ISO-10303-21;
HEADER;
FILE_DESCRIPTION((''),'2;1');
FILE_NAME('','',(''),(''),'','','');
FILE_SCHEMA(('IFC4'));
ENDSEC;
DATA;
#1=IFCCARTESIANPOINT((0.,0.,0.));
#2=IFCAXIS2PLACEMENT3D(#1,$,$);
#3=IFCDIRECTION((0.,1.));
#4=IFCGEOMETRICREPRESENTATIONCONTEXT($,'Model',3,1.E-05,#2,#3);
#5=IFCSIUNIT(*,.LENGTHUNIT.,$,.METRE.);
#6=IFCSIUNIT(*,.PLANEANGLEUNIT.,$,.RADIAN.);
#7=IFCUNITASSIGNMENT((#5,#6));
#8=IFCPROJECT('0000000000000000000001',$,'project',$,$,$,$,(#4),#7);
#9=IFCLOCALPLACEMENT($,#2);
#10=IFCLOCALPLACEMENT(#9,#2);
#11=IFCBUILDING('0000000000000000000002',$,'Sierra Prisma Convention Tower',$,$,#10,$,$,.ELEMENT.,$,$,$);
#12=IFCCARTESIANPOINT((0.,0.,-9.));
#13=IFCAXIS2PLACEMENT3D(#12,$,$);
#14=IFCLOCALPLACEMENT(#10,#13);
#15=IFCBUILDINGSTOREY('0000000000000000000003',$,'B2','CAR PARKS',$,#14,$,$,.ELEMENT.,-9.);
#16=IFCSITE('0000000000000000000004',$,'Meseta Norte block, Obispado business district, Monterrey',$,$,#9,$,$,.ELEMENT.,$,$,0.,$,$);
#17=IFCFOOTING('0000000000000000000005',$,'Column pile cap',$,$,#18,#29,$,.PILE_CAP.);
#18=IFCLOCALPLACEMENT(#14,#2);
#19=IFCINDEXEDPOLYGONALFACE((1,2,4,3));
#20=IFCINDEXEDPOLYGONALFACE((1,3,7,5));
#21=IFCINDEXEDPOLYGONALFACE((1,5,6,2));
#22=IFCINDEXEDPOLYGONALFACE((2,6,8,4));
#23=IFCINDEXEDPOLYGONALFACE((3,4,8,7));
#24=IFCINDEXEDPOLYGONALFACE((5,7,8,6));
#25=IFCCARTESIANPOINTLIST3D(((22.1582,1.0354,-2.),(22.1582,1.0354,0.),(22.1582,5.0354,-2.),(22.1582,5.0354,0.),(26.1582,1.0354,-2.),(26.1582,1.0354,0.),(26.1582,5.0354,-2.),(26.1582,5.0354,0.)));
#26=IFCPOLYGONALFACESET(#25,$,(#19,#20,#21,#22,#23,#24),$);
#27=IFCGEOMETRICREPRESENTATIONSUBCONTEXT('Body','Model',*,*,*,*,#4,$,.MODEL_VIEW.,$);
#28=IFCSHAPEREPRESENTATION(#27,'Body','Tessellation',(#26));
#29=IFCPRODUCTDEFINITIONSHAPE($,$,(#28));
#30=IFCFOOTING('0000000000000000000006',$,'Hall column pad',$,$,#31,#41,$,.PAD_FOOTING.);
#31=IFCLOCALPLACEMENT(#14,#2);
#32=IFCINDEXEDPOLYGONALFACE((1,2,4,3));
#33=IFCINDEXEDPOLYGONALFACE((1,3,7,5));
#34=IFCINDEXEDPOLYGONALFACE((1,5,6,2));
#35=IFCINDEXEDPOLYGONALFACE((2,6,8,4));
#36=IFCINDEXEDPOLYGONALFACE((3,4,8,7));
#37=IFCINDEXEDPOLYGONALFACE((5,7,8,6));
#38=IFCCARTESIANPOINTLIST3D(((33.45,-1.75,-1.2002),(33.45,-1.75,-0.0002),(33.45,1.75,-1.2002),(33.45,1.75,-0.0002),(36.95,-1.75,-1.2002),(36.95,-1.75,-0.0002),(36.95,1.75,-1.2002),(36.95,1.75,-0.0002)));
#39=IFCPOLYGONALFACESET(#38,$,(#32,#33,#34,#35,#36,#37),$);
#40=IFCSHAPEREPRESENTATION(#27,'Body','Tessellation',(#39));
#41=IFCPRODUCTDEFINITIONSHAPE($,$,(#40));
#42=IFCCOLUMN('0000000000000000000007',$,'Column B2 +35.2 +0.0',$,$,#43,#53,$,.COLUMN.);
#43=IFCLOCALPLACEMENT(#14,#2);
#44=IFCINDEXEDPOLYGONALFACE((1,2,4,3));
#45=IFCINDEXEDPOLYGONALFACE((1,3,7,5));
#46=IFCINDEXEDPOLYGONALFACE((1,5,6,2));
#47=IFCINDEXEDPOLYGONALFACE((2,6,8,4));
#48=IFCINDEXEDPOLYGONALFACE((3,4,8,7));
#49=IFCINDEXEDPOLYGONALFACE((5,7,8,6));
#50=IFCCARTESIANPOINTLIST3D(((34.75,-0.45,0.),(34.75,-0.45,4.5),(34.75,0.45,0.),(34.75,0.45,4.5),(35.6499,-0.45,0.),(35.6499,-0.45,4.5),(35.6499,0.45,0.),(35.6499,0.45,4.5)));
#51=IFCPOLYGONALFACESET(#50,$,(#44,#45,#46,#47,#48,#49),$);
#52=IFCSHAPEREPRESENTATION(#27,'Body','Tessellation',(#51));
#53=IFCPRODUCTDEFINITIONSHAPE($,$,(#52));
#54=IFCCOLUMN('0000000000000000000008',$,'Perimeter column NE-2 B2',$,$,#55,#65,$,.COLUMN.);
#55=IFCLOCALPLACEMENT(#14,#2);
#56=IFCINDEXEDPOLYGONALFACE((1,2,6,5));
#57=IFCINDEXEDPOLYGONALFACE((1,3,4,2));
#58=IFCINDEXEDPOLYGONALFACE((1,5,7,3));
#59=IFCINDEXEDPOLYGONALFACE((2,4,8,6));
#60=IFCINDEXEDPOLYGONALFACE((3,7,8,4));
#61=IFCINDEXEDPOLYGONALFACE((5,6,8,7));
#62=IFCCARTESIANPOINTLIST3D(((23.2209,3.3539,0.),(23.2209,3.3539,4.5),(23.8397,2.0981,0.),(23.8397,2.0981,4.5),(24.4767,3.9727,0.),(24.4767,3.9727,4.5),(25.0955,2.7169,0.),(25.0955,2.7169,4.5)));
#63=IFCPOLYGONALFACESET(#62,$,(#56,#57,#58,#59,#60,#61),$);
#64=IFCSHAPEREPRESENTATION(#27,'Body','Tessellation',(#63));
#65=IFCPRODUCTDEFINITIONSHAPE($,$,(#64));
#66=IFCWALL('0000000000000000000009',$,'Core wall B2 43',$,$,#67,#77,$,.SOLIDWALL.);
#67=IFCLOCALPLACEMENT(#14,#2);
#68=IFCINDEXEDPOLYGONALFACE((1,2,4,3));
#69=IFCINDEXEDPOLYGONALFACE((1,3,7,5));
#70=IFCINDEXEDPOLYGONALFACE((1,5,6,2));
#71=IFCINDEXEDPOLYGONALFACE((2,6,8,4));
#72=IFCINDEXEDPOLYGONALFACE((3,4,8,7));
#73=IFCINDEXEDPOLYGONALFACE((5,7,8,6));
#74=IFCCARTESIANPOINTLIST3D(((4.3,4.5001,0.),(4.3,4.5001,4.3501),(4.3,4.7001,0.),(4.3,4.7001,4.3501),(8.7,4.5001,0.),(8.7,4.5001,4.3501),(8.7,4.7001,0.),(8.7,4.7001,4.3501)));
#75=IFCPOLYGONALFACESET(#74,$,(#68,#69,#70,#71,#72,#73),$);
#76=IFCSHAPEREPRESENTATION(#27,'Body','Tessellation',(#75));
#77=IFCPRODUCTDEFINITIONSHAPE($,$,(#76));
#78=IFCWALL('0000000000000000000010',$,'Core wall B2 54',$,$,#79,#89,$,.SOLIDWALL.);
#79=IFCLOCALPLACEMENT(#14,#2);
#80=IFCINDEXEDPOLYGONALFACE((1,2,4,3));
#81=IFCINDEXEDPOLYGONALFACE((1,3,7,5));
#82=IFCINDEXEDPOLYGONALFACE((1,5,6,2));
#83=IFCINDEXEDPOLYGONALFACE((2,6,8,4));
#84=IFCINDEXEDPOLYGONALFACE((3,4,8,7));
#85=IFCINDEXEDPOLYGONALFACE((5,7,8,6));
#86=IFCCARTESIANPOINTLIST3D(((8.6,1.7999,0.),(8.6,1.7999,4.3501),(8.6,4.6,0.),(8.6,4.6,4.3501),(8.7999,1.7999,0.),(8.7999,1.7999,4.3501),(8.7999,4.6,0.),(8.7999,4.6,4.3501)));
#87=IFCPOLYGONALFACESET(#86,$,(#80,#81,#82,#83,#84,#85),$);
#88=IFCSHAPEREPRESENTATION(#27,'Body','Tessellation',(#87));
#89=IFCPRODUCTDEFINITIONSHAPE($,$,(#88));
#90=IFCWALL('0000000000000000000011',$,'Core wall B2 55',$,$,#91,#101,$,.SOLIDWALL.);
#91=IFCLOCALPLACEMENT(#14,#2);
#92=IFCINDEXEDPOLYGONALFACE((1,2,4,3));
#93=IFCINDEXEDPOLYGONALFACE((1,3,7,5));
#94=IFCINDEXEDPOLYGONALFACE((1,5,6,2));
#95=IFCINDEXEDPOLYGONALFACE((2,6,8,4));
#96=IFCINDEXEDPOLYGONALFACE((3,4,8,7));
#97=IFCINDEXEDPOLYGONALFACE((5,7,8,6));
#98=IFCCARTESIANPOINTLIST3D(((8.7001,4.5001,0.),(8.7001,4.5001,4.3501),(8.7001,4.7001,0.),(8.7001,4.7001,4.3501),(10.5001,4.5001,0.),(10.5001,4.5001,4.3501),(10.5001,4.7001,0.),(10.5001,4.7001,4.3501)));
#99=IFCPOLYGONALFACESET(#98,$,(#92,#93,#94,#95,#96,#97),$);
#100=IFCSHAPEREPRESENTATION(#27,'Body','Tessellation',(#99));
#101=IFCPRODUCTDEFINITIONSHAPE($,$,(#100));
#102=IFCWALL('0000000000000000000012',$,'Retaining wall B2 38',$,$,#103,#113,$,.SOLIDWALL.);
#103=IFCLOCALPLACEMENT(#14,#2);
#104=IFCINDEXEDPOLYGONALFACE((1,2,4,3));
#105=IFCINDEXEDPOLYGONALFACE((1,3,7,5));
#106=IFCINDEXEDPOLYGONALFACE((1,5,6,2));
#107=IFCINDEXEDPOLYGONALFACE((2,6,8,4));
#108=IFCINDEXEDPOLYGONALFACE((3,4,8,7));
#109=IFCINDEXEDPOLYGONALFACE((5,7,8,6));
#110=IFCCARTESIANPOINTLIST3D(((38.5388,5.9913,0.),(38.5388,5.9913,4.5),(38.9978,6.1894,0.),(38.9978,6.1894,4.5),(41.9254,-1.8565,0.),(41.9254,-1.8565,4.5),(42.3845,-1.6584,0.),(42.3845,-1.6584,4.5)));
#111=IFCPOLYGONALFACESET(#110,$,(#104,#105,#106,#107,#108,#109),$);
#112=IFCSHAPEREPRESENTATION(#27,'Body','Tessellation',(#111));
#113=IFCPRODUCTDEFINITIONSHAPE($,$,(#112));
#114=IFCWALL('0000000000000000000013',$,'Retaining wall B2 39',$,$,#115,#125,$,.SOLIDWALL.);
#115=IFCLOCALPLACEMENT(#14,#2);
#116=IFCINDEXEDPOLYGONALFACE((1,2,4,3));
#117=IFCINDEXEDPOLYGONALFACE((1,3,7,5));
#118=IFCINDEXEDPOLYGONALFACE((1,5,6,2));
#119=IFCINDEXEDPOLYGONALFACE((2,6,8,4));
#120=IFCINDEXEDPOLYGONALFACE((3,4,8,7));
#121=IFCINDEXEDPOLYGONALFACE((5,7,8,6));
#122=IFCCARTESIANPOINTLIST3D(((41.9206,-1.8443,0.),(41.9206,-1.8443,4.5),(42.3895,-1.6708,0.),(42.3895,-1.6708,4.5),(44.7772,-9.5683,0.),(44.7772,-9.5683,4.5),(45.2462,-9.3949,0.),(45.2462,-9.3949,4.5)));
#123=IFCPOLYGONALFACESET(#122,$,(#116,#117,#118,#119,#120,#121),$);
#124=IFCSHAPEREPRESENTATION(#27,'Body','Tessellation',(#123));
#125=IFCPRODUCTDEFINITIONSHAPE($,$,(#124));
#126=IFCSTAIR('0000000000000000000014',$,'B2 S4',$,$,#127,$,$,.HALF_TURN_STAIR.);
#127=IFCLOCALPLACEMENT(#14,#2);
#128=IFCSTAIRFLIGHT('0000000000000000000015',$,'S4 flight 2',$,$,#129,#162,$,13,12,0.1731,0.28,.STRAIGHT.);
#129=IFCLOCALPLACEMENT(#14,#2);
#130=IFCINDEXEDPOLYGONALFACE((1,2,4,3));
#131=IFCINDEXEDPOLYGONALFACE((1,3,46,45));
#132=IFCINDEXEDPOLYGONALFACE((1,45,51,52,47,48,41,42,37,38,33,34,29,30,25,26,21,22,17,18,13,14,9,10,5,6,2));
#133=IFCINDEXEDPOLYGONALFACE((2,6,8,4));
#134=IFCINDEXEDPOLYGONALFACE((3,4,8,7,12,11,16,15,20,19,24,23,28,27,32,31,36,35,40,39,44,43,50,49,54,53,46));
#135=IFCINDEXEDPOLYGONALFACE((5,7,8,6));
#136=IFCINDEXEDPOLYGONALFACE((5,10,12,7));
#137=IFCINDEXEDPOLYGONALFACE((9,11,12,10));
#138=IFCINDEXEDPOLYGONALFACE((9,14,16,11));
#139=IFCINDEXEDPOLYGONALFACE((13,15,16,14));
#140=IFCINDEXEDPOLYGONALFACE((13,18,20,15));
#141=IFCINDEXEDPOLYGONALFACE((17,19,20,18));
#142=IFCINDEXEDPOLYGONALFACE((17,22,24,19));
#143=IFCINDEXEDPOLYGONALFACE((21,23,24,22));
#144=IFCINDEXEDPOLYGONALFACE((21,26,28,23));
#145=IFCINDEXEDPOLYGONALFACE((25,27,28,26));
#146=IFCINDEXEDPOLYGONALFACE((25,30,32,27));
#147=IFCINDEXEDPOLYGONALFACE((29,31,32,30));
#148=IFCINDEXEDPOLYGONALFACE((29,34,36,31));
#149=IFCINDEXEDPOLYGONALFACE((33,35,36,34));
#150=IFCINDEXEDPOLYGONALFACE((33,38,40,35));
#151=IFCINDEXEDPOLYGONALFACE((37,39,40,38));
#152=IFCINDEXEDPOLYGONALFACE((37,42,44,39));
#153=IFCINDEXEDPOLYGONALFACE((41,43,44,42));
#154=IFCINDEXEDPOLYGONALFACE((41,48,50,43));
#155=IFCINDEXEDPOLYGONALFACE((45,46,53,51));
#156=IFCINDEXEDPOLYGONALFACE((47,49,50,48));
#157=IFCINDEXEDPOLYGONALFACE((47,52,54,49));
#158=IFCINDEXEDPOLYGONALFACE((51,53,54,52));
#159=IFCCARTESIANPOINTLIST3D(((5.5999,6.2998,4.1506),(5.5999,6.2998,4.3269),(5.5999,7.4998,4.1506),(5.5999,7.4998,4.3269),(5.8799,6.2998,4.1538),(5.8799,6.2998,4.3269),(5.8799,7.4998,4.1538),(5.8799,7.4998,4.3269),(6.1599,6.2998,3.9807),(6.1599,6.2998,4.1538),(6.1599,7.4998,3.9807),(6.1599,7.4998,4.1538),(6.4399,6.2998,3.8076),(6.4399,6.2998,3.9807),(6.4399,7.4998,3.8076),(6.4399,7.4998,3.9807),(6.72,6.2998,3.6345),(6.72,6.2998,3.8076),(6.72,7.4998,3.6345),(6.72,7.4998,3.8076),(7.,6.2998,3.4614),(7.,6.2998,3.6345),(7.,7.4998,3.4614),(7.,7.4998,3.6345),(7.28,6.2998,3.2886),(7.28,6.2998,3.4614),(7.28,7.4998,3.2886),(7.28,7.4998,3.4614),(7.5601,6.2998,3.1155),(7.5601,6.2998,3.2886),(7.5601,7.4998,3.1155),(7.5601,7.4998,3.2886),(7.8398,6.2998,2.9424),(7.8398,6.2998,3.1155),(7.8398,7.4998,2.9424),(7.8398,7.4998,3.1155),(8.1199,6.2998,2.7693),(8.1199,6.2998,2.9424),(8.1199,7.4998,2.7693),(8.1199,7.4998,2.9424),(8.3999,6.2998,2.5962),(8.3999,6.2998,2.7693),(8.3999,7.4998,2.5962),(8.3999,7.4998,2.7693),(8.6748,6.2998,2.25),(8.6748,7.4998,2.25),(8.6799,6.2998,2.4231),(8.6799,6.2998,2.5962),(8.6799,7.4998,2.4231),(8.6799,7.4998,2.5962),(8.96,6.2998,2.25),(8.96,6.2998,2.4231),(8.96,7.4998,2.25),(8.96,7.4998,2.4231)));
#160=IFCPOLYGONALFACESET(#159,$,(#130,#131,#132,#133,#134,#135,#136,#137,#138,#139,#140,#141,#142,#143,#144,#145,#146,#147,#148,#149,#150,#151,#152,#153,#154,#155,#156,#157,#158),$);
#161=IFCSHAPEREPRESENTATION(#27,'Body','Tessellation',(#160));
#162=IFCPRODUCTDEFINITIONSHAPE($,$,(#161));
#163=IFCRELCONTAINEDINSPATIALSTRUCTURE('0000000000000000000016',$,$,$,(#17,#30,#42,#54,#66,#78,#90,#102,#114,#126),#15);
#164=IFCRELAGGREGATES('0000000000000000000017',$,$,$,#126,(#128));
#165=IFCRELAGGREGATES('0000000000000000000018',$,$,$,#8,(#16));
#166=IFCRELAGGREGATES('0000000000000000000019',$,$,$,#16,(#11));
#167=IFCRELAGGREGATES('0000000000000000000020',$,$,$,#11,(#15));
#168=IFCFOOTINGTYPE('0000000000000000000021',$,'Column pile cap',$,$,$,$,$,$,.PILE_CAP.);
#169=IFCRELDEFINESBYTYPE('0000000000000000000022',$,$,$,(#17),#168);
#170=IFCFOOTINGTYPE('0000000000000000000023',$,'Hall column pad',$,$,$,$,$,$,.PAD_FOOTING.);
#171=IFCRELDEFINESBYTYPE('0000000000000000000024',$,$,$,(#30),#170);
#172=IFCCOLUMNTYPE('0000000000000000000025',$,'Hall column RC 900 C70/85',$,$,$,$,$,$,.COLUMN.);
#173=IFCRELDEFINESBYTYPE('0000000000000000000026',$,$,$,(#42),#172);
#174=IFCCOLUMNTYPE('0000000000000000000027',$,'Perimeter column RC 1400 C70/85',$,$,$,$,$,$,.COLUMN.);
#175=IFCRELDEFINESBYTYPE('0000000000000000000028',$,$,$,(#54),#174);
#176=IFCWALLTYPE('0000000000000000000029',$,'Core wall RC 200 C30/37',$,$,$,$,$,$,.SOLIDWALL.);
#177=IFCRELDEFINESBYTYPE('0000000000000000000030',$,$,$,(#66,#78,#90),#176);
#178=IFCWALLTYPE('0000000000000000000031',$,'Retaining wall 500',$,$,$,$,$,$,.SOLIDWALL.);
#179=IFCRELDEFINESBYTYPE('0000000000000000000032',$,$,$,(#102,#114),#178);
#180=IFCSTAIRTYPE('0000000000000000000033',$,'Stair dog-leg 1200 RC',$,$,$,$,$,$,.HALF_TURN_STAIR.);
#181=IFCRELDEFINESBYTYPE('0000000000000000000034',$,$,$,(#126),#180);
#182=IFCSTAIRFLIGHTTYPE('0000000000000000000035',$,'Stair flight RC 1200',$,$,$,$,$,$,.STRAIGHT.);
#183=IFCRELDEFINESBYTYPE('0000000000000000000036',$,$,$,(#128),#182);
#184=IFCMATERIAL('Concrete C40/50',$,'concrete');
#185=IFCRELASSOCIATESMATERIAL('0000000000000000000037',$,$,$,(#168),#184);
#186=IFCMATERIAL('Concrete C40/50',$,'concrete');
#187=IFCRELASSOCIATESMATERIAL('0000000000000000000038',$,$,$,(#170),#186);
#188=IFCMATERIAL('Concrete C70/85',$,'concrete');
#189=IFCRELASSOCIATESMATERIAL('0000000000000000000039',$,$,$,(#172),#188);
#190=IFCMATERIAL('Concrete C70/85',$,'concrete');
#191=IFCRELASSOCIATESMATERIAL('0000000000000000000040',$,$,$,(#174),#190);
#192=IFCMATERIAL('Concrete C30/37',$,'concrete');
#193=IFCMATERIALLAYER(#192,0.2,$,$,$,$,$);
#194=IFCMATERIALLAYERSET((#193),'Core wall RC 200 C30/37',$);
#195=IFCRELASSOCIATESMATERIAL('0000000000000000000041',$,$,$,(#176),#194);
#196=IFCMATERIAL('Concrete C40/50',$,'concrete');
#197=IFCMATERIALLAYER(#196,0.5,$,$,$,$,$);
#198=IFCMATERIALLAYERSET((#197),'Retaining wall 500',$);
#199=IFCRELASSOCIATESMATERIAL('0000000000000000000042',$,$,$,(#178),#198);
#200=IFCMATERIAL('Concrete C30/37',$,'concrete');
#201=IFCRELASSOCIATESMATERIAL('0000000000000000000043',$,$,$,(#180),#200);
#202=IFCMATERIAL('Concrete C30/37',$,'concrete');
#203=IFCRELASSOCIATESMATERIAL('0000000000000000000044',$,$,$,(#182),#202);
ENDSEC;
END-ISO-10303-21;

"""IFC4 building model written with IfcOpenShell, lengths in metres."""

from ifc_helpers import new_model, si_unit, direction, frame, frame_2d, origin, origin_2d, place, context, subcontext, project, spatial, polyline, rectangle, outline, extrude, material, layer, layer_set, material_profile, profile_set, type_object, element, aggregate, save


model = new_model("IFC4")

# Units and contexts
model_context = context("Model", 3, precision=1e-05, world=origin(), true_north=direction((0.0, 1.0)))
body_context = subcontext(model_context, "Body", "Model", "MODEL_VIEW")
ifc_project = project(units=[si_unit("LENGTHUNIT", "METRE"), si_unit("PLANEANGLEUNIT", "RADIAN")], contexts=[model_context])

# Site, building, storey
site_placement = place(None, origin())
site = spatial("IfcSite", under=ifc_project, at=site_placement, Name="Meseta Norte block, Obispado business district, Monterrey", CompositionType="ELEMENT", RefElevation=0.0)
building_placement = place(site_placement, origin())
building = spatial("IfcBuilding", under=site, at=building_placement, Name="Sierra Prisma Convention Tower", CompositionType="ELEMENT")
storey_placement = place(building_placement, frame((0.0, 0.0, -9.0)))
storey = spatial("IfcBuildingStorey", under=building, at=storey_placement, Name="B2", Description="CAR PARKS", CompositionType="ELEMENT", Elevation=-9.0)

# Footings
ifc_material_1 = material(Name="Concrete C40/50", Category="concrete")
footing_type_1 = type_object("IfcFootingType", Name="Column pile cap", PredefinedType="PILE_CAP", material=ifc_material_1)
footing_1_placement = place(storey_placement, frame((24.1582, 3.0354, -2.0), z_axis=(0.0, 0.0, 1.0), x_axis=(1.0, 0.0, 0.0)))
element("IfcFooting", 1, at=footing_1_placement, inside=storey, type_object=footing_type_1, Name="Column pile cap", PredefinedType="PILE_CAP", context=body_context, shape_type="SweptSolid", body=[
    extrude(rectangle(XDim=4.0, YDim=4.0, at=origin_2d()), origin(), (0.0, 0.0, 1.0), 2.0),
])
ifc_material_2 = material(Name="Concrete C40/50", Category="concrete")
footing_type_2 = type_object("IfcFootingType", Name="Hall column pad", PredefinedType="PAD_FOOTING", material=ifc_material_2)
footing_2_placement = place(storey_placement, frame((35.2, 0.0, -1.2002), z_axis=(0.0, 0.0, 1.0), x_axis=(1.0, 0.0, 0.0)))
element("IfcFooting", 2, at=footing_2_placement, inside=storey, type_object=footing_type_2, Name="Hall column pad", PredefinedType="PAD_FOOTING", context=body_context, shape_type="SweptSolid", body=[
    extrude(rectangle(XDim=3.5, YDim=3.5, at=origin_2d()), origin(), (0.0, 0.0, 1.0), 1.2),
])

# Columns
ifc_material_3 = material(Name="Concrete C70/85", Category="concrete")
ifc_material_profile_1 = material_profile(ifc_material_3, rectangle(XDim=0.8999, YDim=0.8999, at=origin_2d()), Name="Hall column RC 900 C70/85")
ifc_profile_set_1 = profile_set([ifc_material_profile_1], Name="Concrete C70/85")
column_type_1 = type_object("IfcColumnType", Name="Hall column RC 900 C70/85", PredefinedType="COLUMN", material=ifc_profile_set_1)
column_1_placement = place(storey_placement, frame((35.2, 0.0, 0.0), z_axis=(0.0, 0.0, 1.0), x_axis=(1.0, 0.0, 0.0)))
element("IfcColumn", 3, at=column_1_placement, inside=storey, type_object=column_type_1, Name="Column B2 +35.2 +0.0", PredefinedType="COLUMN", context=body_context, shape_type="SweptSolid", body=[
    extrude(rectangle(XDim=0.8999, YDim=0.8999, at=origin_2d()), origin(), (0.0, 0.0, 1.0), 4.5),
])
ifc_material_4 = material(Name="Concrete C70/85", Category="concrete")
ifc_material_profile_2 = material_profile(ifc_material_4, rectangle(XDim=1.3999, YDim=1.3999, at=origin_2d()), Name="Perimeter column RC 1400 C70/85")
ifc_profile_set_2 = profile_set([ifc_material_profile_2], Name="Concrete C70/85")
column_type_2 = type_object("IfcColumnType", Name="Perimeter column RC 1400 C70/85", PredefinedType="COLUMN", material=ifc_profile_set_2)
column_2_placement = place(storey_placement, frame((24.1582, 3.0354, 0.0), z_axis=(0.0, 0.0, 1.0), x_axis=(-0.442023, 0.897004, 0.0)))
element("IfcColumn", 4, at=column_2_placement, inside=storey, type_object=column_type_2, Name="Perimeter column NE-2 B2", PredefinedType="COLUMN", context=body_context, shape_type="SweptSolid", body=[
    extrude(rectangle(XDim=1.3999, YDim=1.3999, at=origin_2d()), origin(), (0.0, 0.0, 1.0), 4.5),
])

# Wall
ifc_material_5 = material(Name="Concrete C30/37", Category="concrete")
ifc_layer_1 = layer(ifc_material_5, 0.2)
ifc_layer_set_1 = layer_set([ifc_layer_1], Name="Core wall RC 200 C30/37")
wall_type_1 = type_object("IfcWallType", Name="Core wall RC 200 C30/37", PredefinedType="SOLIDWALL", material=ifc_layer_set_1)
wall_1_placement = place(storey_placement, frame((8.7, 4.6001, 0.0), z_axis=(0.0, 0.0, 1.0), x_axis=(-1.0, 0.0, 0.0)))
element("IfcWall", 5, at=wall_1_placement, inside=storey, type_object=wall_type_1, Name="Core wall B2 43", PredefinedType="SOLIDWALL", context=body_context, shape_type="SweptSolid", body=[
    extrude(rectangle(XDim=4.3999, YDim=0.2, at=frame_2d((2.2, 0.0))), origin(), (0.0, 0.0, 1.0), 4.3501),
])

# Walls
wall_2_placement = place(storey_placement, frame((8.7, 1.8, 0.0), z_axis=(0.0, 0.0, 1.0), x_axis=(0.0, 1.0, 0.0)))
element("IfcWall", 6, at=wall_2_placement, inside=storey, type_object=wall_type_1, Name="Core wall B2 54", PredefinedType="SOLIDWALL", context=body_context, shape_type="SweptSolid", body=[
    extrude(rectangle(XDim=2.8, YDim=0.2, at=frame_2d((1.3999, 0.0))), origin(), (0.0, 0.0, 1.0), 4.3501),
])
wall_3_placement = place(storey_placement, frame((10.5, 4.6001, 0.0), z_axis=(0.0, 0.0, 1.0), x_axis=(-1.0, 0.0, 0.0)))
element("IfcWall", 7, at=wall_3_placement, inside=storey, type_object=wall_type_1, Name="Core wall B2 55", PredefinedType="SOLIDWALL", context=body_context, shape_type="SweptSolid", body=[
    extrude(rectangle(XDim=1.8, YDim=0.2, at=frame_2d((0.8999, 0.0))), origin(), (0.0, 0.0, 1.0), 4.3501),
])
ifc_material_6 = material(Name="Concrete C40/50", Category="concrete")
ifc_layer_2 = layer(ifc_material_6, 0.5)
ifc_layer_set_2 = layer_set([ifc_layer_2], Name="Retaining wall 500")
wall_type_2 = type_object("IfcWallType", Name="Retaining wall 500", PredefinedType="SOLIDWALL", material=ifc_layer_set_2)
wall_4_placement = place(storey_placement, frame((38.7683, 6.0903, 0.0), z_axis=(0.0, 0.0, 1.0), x_axis=(0.396224, -0.918154, 0.0)))
element("IfcWall", 8, at=wall_4_placement, inside=storey, type_object=wall_type_2, Name="Retaining wall B2 38", PredefinedType="SOLIDWALL", context=body_context, shape_type="SweptSolid", body=[
    extrude(rectangle(XDim=8.5474, YDim=0.5, at=frame_2d((4.2737, 0.0))), origin(), (0.0, 0.0, 1.0), 4.5),
])
wall_5_placement = place(storey_placement, frame((42.155, -1.7576, 0.0), z_axis=(0.0, 0.0, 1.0), x_axis=(0.346877, -0.937911, 0.0)))
element("IfcWall", 9, at=wall_5_placement, inside=storey, type_object=wall_type_2, Name="Retaining wall B2 39", PredefinedType="SOLIDWALL", context=body_context, shape_type="SweptSolid", body=[
    extrude(rectangle(XDim=8.2354, YDim=0.5, at=frame_2d((4.1177, 0.0))), origin(), (0.0, 0.0, 1.0), 4.5),
])

# Stair, stair flight
ifc_material_7 = material(Name="Concrete C30/37", Category="concrete")
stair_type = type_object("IfcStairType", Name="Stair dog-leg 1200 RC", PredefinedType="HALF_TURN_STAIR", material=ifc_material_7)
stair_placement = place(storey_placement, origin())
stair = element("IfcStair", 10, at=stair_placement, inside=storey, type_object=stair_type, Name="B2 S4", PredefinedType="HALF_TURN_STAIR")
ifc_material_8 = material(Name="Concrete C30/37", Category="concrete")
stair_flight_type = type_object("IfcStairFlightType", Name="Stair flight RC 1200", PredefinedType="STRAIGHT", material=ifc_material_8)
stair_flight_placement = place(storey_placement, frame((8.96, 6.8999, 2.25), z_axis=(0.0, 0.0, 1.0), x_axis=(-1.0, 0.0, 0.0)))
stair_flight = element("IfcStairFlight", 11, at=stair_flight_placement, type_object=stair_flight_type, Name="S4 flight 2", NumberOfRisers=13, NumberOfTreads=12, PredefinedType="STRAIGHT", RiserHeight=0.1731, TreadLength=0.28, context=body_context, shape_type="SweptSolid", body=[
    extrude(outline(polyline([(0.0, 0.0), (0.0, 0.1731), (0.28, 0.1731), (0.28, 0.3462), (0.5601, 0.3462), (0.5601, 0.5193), (0.8401, 0.5193), (0.8401, 0.6924), (1.1201, 0.6924), (1.1201, 0.8655), (1.3999, 0.8655), (1.3999, 1.0386), (1.6799, 1.0386), (1.6799, 1.2114), (1.96, 1.2114), (1.96, 1.3845), (2.24, 1.3845), (2.24, 1.5576), (2.52, 1.5576), (2.52, 1.7307), (2.8, 1.7307), (2.8, 1.9038), (3.0801, 1.9038), (3.0801, 2.0769), (3.3601, 2.0769), (3.3601, 2.25), (3.3601, 1.9006), (0.2852, 0.0), (0.0, 0.0)])), frame((0.0, 0.6001, 0.0), z_axis=(0.0, -1.0, 0.0), x_axis=(1.0, 0.0, 0.0)), (0.0, 0.0, 1.0), 1.2),
])
aggregate(stair, [stair_flight])

save(model, "model.ifc")
